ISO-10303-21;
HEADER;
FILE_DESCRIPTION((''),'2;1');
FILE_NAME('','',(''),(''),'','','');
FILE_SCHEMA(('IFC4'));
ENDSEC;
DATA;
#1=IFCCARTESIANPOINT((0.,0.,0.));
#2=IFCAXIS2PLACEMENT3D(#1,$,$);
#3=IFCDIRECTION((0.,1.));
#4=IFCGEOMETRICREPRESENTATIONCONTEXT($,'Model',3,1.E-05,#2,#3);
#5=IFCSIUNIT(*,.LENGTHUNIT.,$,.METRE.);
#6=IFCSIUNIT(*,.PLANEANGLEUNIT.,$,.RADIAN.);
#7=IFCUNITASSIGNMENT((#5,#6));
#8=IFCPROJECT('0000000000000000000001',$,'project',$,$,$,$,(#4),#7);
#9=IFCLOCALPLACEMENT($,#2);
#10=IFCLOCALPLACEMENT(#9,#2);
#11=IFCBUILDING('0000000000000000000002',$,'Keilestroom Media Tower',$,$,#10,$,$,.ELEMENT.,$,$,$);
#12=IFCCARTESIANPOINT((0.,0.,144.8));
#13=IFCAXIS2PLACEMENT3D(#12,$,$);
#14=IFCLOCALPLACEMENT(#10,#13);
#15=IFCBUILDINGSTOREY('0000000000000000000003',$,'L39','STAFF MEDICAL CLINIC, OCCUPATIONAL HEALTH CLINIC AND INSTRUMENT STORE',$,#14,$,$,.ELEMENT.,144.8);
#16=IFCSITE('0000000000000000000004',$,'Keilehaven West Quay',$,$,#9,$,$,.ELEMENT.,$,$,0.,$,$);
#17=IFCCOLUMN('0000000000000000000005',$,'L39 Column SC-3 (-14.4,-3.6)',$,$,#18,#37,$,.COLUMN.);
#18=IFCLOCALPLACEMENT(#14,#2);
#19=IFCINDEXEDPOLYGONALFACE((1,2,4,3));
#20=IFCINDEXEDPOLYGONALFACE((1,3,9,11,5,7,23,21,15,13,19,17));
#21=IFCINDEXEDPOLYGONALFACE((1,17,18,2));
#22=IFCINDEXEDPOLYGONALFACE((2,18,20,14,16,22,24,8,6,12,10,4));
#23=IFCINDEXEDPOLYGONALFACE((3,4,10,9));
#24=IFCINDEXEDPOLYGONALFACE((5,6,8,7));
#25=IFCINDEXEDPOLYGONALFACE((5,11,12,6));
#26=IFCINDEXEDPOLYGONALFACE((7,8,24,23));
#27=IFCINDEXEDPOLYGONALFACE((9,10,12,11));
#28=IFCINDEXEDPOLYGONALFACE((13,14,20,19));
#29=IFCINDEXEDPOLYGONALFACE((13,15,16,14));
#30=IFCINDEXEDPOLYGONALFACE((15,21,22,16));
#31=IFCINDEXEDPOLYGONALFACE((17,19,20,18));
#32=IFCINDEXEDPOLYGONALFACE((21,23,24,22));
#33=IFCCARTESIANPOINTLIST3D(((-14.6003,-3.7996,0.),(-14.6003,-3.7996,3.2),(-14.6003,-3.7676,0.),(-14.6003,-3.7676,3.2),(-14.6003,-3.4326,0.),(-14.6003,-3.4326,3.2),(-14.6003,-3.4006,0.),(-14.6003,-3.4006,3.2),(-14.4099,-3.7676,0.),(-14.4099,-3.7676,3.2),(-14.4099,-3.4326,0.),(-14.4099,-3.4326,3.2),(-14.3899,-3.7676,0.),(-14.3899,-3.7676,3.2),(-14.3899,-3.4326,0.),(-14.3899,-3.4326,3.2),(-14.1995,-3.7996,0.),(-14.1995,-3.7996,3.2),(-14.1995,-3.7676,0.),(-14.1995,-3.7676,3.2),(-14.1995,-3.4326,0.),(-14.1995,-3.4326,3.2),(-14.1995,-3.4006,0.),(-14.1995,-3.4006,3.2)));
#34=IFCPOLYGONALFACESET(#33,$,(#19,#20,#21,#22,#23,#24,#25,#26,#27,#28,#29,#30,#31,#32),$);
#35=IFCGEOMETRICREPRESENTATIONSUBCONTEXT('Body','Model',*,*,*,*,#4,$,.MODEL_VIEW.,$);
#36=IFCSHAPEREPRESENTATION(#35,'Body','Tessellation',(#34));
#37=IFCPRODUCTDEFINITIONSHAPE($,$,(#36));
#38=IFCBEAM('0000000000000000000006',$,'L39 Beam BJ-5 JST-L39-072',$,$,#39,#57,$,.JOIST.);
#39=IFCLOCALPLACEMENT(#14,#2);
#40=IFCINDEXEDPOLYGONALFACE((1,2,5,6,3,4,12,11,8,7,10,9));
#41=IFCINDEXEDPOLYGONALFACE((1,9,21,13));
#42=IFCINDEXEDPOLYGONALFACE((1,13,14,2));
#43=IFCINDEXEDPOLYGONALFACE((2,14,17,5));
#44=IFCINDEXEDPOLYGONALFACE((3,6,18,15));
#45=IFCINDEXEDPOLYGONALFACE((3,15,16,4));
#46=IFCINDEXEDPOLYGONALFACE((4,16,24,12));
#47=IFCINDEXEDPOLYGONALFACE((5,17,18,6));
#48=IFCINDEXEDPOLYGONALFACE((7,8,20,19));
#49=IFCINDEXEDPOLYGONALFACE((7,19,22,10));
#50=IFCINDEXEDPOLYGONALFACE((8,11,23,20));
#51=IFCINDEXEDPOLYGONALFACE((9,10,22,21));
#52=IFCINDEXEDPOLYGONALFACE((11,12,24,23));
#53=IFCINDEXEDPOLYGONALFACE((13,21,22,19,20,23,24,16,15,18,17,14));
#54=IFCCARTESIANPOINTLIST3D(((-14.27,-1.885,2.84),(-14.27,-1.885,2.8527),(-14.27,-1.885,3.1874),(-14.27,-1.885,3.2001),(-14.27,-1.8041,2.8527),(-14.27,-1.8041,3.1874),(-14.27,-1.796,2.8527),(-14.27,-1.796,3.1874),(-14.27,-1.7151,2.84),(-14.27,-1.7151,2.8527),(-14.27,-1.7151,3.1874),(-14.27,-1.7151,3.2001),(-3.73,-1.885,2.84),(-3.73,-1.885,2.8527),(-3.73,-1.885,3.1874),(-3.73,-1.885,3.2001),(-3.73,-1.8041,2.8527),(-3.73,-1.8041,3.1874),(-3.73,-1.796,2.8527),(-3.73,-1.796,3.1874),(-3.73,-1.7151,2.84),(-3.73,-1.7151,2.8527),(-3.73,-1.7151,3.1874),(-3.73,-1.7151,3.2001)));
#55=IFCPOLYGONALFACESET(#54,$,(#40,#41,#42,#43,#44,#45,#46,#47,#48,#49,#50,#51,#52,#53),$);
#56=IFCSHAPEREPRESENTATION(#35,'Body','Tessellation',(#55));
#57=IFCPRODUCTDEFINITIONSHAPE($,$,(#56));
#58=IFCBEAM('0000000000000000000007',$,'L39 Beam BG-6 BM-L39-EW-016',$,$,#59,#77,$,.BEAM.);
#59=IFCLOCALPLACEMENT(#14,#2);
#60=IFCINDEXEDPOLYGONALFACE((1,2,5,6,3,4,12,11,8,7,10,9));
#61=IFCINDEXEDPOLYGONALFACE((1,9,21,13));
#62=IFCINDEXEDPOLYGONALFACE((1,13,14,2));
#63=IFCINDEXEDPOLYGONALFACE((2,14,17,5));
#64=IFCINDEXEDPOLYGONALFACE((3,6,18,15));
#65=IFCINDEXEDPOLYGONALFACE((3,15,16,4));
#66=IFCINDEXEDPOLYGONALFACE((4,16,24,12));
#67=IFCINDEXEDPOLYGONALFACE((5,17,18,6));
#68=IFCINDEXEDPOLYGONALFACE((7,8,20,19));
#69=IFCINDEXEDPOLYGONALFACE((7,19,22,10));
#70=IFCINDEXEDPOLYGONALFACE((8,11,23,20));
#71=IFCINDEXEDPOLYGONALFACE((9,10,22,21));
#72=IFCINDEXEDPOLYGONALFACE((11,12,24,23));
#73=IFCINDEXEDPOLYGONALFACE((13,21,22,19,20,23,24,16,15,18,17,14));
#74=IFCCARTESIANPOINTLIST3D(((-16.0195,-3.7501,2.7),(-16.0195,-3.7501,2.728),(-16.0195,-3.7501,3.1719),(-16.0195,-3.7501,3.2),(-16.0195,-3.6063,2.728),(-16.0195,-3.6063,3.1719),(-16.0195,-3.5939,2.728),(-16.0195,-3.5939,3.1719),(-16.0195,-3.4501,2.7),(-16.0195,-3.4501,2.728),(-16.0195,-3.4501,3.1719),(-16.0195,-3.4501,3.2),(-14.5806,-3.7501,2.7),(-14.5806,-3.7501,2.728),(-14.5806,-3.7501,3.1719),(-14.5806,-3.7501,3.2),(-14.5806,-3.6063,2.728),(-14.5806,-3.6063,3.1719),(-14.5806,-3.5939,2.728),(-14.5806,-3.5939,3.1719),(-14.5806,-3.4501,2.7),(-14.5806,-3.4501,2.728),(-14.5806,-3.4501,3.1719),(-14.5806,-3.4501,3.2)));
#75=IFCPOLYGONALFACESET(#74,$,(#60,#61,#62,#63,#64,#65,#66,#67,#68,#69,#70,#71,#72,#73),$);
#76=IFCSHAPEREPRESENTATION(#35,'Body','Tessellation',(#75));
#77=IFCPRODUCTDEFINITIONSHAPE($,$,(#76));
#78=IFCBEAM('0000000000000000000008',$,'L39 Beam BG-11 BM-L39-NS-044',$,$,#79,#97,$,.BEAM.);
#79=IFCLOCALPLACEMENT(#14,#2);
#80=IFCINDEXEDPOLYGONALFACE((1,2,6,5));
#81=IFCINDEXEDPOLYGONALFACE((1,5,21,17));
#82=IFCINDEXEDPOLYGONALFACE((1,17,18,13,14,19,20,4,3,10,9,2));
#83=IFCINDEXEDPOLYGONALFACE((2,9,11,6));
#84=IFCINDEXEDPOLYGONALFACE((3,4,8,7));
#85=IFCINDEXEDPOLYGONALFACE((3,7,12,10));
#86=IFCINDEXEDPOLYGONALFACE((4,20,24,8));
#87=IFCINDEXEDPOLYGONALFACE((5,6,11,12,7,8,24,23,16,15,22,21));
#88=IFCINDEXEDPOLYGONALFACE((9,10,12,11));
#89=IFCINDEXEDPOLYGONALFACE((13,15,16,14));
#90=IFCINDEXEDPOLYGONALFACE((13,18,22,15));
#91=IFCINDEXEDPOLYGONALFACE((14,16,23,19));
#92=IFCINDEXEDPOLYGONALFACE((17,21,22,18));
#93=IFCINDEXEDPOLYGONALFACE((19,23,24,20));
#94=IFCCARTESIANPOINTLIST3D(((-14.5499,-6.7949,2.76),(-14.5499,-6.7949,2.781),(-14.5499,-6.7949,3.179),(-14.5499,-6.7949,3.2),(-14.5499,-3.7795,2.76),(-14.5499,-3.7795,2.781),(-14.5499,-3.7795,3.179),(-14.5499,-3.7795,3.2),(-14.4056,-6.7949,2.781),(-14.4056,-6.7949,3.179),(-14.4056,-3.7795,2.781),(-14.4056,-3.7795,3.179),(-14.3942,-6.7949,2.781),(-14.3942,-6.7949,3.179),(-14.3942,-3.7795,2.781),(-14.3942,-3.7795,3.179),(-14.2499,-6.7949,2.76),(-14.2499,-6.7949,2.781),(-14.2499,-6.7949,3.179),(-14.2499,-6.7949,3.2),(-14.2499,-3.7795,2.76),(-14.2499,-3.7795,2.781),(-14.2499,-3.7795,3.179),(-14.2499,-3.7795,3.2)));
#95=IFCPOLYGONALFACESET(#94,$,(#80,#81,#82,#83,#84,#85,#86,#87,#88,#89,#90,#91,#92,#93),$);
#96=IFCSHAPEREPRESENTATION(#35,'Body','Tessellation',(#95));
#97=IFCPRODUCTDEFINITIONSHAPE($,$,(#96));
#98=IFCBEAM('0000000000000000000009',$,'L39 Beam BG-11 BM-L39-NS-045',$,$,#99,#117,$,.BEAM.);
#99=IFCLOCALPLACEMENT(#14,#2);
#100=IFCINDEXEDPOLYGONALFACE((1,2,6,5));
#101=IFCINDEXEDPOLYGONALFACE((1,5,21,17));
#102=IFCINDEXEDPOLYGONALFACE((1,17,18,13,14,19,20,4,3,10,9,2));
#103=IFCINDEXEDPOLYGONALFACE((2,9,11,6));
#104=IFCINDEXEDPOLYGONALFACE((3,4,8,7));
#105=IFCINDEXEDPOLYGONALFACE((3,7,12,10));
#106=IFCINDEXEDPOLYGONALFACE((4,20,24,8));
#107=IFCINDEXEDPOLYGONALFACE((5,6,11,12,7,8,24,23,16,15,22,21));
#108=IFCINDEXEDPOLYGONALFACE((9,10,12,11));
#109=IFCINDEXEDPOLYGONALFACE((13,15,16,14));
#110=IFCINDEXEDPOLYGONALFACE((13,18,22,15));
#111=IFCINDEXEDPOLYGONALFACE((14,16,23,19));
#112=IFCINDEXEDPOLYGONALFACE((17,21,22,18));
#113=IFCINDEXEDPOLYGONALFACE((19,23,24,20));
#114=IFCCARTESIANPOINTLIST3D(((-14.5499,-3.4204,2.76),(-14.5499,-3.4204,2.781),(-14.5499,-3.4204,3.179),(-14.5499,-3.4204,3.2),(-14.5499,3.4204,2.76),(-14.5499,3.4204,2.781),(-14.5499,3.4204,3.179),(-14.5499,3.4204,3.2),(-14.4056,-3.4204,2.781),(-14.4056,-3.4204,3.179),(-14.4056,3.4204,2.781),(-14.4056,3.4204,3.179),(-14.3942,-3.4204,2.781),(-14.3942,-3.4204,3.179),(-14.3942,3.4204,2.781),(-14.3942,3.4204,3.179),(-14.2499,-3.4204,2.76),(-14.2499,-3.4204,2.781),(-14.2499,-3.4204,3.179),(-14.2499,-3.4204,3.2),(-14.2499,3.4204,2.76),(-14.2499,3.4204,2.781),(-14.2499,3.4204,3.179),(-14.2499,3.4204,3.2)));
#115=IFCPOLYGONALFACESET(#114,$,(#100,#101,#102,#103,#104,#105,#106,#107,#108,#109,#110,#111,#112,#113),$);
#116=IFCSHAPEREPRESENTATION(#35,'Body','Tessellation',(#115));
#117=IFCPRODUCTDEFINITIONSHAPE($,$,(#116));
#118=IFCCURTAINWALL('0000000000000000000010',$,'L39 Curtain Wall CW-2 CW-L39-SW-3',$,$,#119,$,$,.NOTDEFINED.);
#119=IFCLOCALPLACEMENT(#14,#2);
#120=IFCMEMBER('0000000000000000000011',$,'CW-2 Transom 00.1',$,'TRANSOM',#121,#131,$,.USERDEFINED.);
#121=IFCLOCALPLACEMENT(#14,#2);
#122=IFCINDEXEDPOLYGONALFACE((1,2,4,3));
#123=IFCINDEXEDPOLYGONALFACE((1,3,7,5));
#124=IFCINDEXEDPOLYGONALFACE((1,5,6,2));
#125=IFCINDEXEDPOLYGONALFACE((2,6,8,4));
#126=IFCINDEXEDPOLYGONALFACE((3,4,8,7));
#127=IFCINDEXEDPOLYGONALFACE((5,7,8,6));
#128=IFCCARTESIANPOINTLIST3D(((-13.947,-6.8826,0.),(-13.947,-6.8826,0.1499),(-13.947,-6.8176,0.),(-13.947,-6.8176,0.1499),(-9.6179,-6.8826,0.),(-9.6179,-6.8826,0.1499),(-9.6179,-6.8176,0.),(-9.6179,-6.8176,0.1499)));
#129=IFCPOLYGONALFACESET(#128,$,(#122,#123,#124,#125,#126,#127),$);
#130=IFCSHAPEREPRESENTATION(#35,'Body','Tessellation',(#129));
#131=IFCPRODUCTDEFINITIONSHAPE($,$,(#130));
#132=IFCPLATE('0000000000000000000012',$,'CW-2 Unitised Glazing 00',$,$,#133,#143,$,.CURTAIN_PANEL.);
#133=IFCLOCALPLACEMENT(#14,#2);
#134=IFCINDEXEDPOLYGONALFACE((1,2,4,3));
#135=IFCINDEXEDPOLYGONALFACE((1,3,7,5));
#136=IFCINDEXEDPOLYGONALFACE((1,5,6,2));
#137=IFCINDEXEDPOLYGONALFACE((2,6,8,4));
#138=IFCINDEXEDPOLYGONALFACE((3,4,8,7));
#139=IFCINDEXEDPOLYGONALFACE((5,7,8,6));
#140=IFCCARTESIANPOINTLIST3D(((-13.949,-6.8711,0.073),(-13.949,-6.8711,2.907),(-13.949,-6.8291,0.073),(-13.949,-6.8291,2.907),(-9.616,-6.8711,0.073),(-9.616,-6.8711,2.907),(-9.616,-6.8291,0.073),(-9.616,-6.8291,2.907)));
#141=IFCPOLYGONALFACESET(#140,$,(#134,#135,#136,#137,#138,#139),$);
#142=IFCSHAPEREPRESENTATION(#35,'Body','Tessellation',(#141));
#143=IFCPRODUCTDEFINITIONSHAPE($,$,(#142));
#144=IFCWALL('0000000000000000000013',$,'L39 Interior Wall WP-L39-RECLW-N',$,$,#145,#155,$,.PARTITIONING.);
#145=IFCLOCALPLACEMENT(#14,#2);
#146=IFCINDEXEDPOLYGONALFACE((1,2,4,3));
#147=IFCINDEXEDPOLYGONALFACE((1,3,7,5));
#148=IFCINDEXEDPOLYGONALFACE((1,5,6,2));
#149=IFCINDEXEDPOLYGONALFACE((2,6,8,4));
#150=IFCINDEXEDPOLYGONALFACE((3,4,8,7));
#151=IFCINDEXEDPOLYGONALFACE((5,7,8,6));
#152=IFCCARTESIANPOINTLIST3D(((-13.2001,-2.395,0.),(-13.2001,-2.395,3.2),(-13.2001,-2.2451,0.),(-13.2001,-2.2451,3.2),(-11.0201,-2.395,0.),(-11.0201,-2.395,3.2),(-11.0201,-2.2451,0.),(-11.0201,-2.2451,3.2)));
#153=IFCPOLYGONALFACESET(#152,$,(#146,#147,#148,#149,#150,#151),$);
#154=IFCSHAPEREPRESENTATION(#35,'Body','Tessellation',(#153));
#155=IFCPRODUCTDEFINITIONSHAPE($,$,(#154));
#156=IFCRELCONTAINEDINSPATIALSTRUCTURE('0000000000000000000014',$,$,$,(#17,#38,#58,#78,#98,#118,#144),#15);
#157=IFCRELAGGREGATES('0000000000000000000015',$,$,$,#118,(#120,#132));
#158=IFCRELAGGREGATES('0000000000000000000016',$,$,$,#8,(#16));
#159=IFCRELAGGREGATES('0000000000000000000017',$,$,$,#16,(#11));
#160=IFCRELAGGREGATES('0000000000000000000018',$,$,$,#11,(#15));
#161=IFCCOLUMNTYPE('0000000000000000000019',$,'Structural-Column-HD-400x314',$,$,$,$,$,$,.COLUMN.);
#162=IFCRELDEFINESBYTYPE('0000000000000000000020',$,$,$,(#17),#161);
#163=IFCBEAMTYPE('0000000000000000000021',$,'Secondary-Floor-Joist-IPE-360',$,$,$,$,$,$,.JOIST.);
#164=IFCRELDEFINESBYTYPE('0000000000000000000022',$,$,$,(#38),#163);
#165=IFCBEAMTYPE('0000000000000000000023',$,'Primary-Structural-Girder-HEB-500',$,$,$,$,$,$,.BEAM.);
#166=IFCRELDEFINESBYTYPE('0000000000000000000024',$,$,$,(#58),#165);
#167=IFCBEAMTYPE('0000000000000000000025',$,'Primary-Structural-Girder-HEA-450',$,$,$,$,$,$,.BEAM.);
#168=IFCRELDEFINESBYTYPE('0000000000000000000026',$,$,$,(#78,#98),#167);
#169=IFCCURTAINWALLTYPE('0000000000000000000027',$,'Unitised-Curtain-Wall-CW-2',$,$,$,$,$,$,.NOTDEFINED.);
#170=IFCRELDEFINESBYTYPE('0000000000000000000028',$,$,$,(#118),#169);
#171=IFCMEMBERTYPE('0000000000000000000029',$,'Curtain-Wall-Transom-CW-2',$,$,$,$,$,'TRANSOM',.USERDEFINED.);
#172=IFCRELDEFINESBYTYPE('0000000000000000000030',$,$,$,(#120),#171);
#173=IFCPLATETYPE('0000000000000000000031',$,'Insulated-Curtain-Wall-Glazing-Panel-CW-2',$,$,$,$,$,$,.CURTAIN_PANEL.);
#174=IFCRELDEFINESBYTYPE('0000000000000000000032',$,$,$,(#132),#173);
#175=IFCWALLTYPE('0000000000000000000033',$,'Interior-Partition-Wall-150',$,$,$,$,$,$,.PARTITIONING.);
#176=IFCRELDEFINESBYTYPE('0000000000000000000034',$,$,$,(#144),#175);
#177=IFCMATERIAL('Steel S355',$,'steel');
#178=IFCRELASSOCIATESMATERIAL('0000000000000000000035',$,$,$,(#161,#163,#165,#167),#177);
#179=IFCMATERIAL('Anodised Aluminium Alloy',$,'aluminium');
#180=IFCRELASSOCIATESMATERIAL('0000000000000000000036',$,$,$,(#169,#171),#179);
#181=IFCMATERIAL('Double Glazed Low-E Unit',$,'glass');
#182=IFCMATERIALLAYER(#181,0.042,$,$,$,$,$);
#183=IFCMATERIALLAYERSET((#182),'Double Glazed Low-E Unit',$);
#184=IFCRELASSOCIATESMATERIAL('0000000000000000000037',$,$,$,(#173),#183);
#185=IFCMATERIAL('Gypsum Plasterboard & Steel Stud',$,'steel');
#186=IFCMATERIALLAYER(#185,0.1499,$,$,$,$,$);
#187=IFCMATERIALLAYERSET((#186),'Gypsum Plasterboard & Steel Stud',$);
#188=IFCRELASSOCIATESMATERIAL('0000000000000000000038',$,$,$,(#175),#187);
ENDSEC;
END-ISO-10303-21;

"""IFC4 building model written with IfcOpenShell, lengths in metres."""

from ifc_helpers import new_model, si_unit, direction, frame, frame_2d, origin, origin_2d, place, context, subcontext, project, spatial, rectangle, i_section, extrude, source, transform, mapped, material, layer, layer_set, material_profile, profile_set, type_object, element, aggregate, save


model = new_model("IFC4")

# Units and contexts
model_context = context("Model", 3, precision=1e-05, world=origin(), true_north=direction((0.0, 1.0)))
body_context = subcontext(model_context, "Body", "Model", "MODEL_VIEW")
ifc_project = project(units=[si_unit("LENGTHUNIT", "METRE"), si_unit("PLANEANGLEUNIT", "RADIAN")], contexts=[model_context])

# Site, building, storey
site_placement = place(None, origin())
site = spatial("IfcSite", under=ifc_project, at=site_placement, Name="Keilehaven West Quay", CompositionType="ELEMENT", RefElevation=0.0)
building_placement = place(site_placement, origin())
building = spatial("IfcBuilding", under=site, at=building_placement, Name="Keilestroom Media Tower", CompositionType="ELEMENT")
storey_placement = place(building_placement, frame((0.0, 0.0, 144.8)))
storey = spatial("IfcBuildingStorey", under=building, at=storey_placement, Name="L39", Description="STAFF MEDICAL CLINIC, OCCUPATIONAL HEALTH CLINIC AND INSTRUMENT STORE", CompositionType="ELEMENT", Elevation=144.8)

# Column
ifc_material_1 = material(Name="Steel S355", Category="steel")
ifc_material_profile_1 = material_profile(ifc_material_1, i_section(OverallWidth=0.4009, OverallDepth=0.3989, WebThickness=0.02, FlangeThickness=0.032, at=origin_2d()), Name="HD 400x314")
ifc_profile_set_1 = profile_set([ifc_material_profile_1], Name="Steel S355")
column_type = type_object("IfcColumnType", Name="Structural-Column-HD-400x314", PredefinedType="COLUMN", material=ifc_profile_set_1)
shared_shape_1 = source(origin(), body_context, "Body", "SweptSolid", [
    extrude(i_section(OverallWidth=0.4009, OverallDepth=0.3989, WebThickness=0.02, FlangeThickness=0.032, at=origin_2d()), origin(), (0.0, 0.0, 1.0), 3.2),
])
column_placement = place(storey_placement, frame((-14.3999, -3.6001, 0.0), z_axis=(0.0, 0.0, 1.0), x_axis=(1.0, 0.0, 0.0)))
element("IfcColumn", 1, at=column_placement, inside=storey, type_object=column_type, Name="L39 Column SC-3 (-14.4,-3.6)", PredefinedType="COLUMN", context=body_context, shape_type="MappedRepresentation", body=[
    mapped(shared_shape_1, transform((0.0, 0.0, 0.0), x_axis=(1.0, 0.0, 0.0), y_axis=(0.0, 1.0, 0.0), z_axis=(0.0, 0.0, 1.0), scale=1.0)),
])

# Beams
ifc_material_profile_2 = material_profile(ifc_material_1, i_section(OverallWidth=0.1699, OverallDepth=0.3601, WebThickness=0.0081, FlangeThickness=0.0127, at=origin_2d()), Name="IPE 360")
ifc_profile_set_2 = profile_set([ifc_material_profile_2], Name="Steel S355")
beam_type_1 = type_object("IfcBeamType", Name="Secondary-Floor-Joist-IPE-360", PredefinedType="JOIST", material=ifc_profile_set_2)
shared_shape_2 = source(origin(), body_context, "Body", "SweptSolid", [
    extrude(i_section(OverallWidth=0.1699, OverallDepth=0.3601, WebThickness=0.0081, FlangeThickness=0.0127, at=origin_2d()), origin(), (0.0, 0.0, 1.0), 10.54),
])
beam_1_placement = place(storey_placement, frame((-14.27, -1.8, 3.02), z_axis=(1.0, 0.0, 0.0), x_axis=(0.0, 1.0, 0.0)))
element("IfcBeam", 2, at=beam_1_placement, inside=storey, type_object=beam_type_1, Name="L39 Beam BJ-5 JST-L39-072", PredefinedType="JOIST", context=body_context, shape_type="MappedRepresentation", body=[
    mapped(shared_shape_2, transform((0.0, 0.0, 0.0), x_axis=(1.0, 0.0, 0.0), y_axis=(0.0, 1.0, 0.0), z_axis=(0.0, 0.0, 1.0), scale=1.0)),
])
ifc_material_profile_3 = material_profile(ifc_material_1, i_section(OverallWidth=0.3, OverallDepth=0.5, WebThickness=0.0125, FlangeThickness=0.0281, at=origin_2d()), Name="HEB 500")
ifc_profile_set_3 = profile_set([ifc_material_profile_3], Name="Steel S355")
beam_type_2 = type_object("IfcBeamType", Name="Primary-Structural-Girder-HEB-500", PredefinedType="BEAM", material=ifc_profile_set_3)
shared_shape_3 = source(origin(), body_context, "Body", "SweptSolid", [
    extrude(i_section(OverallWidth=0.3, OverallDepth=0.5, WebThickness=0.0125, FlangeThickness=0.0281, at=origin_2d()), origin(), (0.0, 0.0, 1.0), 1.439),
])
beam_2_placement = place(storey_placement, frame((-16.0195, -3.6001, 2.95), z_axis=(1.0, 0.0, 0.0), x_axis=(0.0, 1.0, 0.0)))
element("IfcBeam", 3, at=beam_2_placement, inside=storey, type_object=beam_type_2, Name="L39 Beam BG-6 BM-L39-EW-016", PredefinedType="BEAM", context=body_context, shape_type="MappedRepresentation", body=[
    mapped(shared_shape_3, transform((0.0, 0.0, 0.0), x_axis=(1.0, 0.0, 0.0), y_axis=(0.0, 1.0, 0.0), z_axis=(0.0, 0.0, 1.0), scale=1.0)),
])
ifc_material_profile_4 = material_profile(ifc_material_1, i_section(OverallWidth=0.3, OverallDepth=0.4399, WebThickness=0.0115, FlangeThickness=0.021, at=origin_2d()), Name="HEA 450")
ifc_profile_set_4 = profile_set([ifc_material_profile_4], Name="Steel S355")
beam_type_3 = type_object("IfcBeamType", Name="Primary-Structural-Girder-HEA-450", PredefinedType="BEAM", material=ifc_profile_set_4)
shared_shape_4 = source(origin(), body_context, "Body", "SweptSolid", [
    extrude(i_section(OverallWidth=0.3, OverallDepth=0.4399, WebThickness=0.0115, FlangeThickness=0.021, at=origin_2d()), origin(), (0.0, 0.0, 1.0), 3.0154),
])
beam_3_placement = place(storey_placement, frame((-14.3999, -6.7949, 2.98), z_axis=(0.0, 1.0, 0.0), x_axis=(-1.0, 0.0, 0.0)))
element("IfcBeam", 4, at=beam_3_placement, inside=storey, type_object=beam_type_3, Name="L39 Beam BG-11 BM-L39-NS-044", PredefinedType="BEAM", context=body_context, shape_type="MappedRepresentation", body=[
    mapped(shared_shape_4, transform((0.0, 0.0, 0.0), x_axis=(1.0, 0.0, 0.0), y_axis=(0.0, 1.0, 0.0), z_axis=(0.0, 0.0, 1.0), scale=1.0)),
])
shared_shape_5 = source(origin(), body_context, "Body", "SweptSolid", [
    extrude(i_section(OverallWidth=0.3, OverallDepth=0.4399, WebThickness=0.0115, FlangeThickness=0.021, at=origin_2d()), origin(), (0.0, 0.0, 1.0), 6.8408),
])
beam_4_placement = place(storey_placement, frame((-14.3999, -3.4204, 2.98), z_axis=(0.0, 1.0, 0.0), x_axis=(-1.0, 0.0, 0.0)))
element("IfcBeam", 5, at=beam_4_placement, inside=storey, type_object=beam_type_3, Name="L39 Beam BG-11 BM-L39-NS-045", PredefinedType="BEAM", context=body_context, shape_type="MappedRepresentation", body=[
    mapped(shared_shape_5, transform((0.0, 0.0, 0.0), x_axis=(1.0, 0.0, 0.0), y_axis=(0.0, 1.0, 0.0), z_axis=(0.0, 0.0, 1.0), scale=1.0)),
])

# Curtain wall, member, plate
ifc_material_2 = material(Name="Anodised Aluminium Alloy", Category="aluminium")
curtain_wall_type = type_object("IfcCurtainWallType", Name="Unitised-Curtain-Wall-CW-2", PredefinedType="NOTDEFINED", material=ifc_material_2)
curtain_wall_placement = place(storey_placement, origin())
curtain_wall = element("IfcCurtainWall", 6, at=curtain_wall_placement, inside=storey, type_object=curtain_wall_type, Name="L39 Curtain Wall CW-2 CW-L39-SW-3", PredefinedType="NOTDEFINED")
ifc_material_profile_5 = material_profile(ifc_material_2, rectangle(XDim=0.0649, YDim=0.1499, at=origin_2d()), Name="ALU TRANSOM 65x150")
ifc_profile_set_5 = profile_set([ifc_material_profile_5], Name="Anodised Aluminium Alloy")
member_type = type_object("IfcMemberType", Name="Curtain-Wall-Transom-CW-2", ElementType="TRANSOM", PredefinedType="USERDEFINED", material=ifc_profile_set_5)
shared_shape_6 = source(origin(), body_context, "Body", "SweptSolid", [
    extrude(rectangle(XDim=0.0649, YDim=0.1499, at=origin_2d()), origin(), (0.0, 0.0, 1.0), 4.3291),
])
member_placement = place(storey_placement, frame((-13.947, -6.8501, 0.075), z_axis=(1.0, 0.0, 0.0), x_axis=(0.0, 1.0, 0.0)))
member = element("IfcMember", 7, at=member_placement, type_object=member_type, Name="CW-2 Transom 00.1", ObjectType="TRANSOM", PredefinedType="USERDEFINED", context=body_context, shape_type="MappedRepresentation", body=[
    mapped(shared_shape_6, transform((0.0, 0.0, 0.0), x_axis=(1.0, 0.0, 0.0), y_axis=(0.0, 1.0, 0.0), z_axis=(0.0, 0.0, 1.0), scale=1.0)),
])
ifc_material_3 = material(Name="Double Glazed Low-E Unit", Category="glass")
ifc_layer_1 = layer(ifc_material_3, 0.042)
ifc_layer_set_1 = layer_set([ifc_layer_1], Name="Double Glazed Low-E Unit")
plate_type = type_object("IfcPlateType", Name="Insulated-Curtain-Wall-Glazing-Panel-CW-2", PredefinedType="CURTAIN_PANEL", material=ifc_layer_set_1)
shared_shape_7 = source(origin(), body_context, "Body", "SweptSolid", [
    extrude(rectangle(XDim=4.333, YDim=0.042, at=origin_2d()), origin(), (0.0, 0.0, 1.0), 2.834),
])
plate_placement = place(storey_placement, frame((-11.7825, -6.8501, 0.073), z_axis=(0.0, 0.0, 1.0), x_axis=(1.0, 0.0, 0.0)))
plate = element("IfcPlate", 8, at=plate_placement, type_object=plate_type, Name="CW-2 Unitised Glazing 00", PredefinedType="CURTAIN_PANEL", context=body_context, shape_type="MappedRepresentation", body=[
    mapped(shared_shape_7, transform((0.0, 0.0, 0.0), x_axis=(1.0, 0.0, 0.0), y_axis=(0.0, 1.0, 0.0), z_axis=(0.0, 0.0, 1.0), scale=1.0)),
])
aggregate(curtain_wall, [member, plate])

# Wall
ifc_material_4 = material(Name="Gypsum Plasterboard & Steel Stud", Category="steel")
ifc_layer_2 = layer(ifc_material_4, 0.1499)
ifc_layer_set_2 = layer_set([ifc_layer_2], Name="Gypsum Plasterboard & Steel Stud")
wall_type_1 = type_object("IfcWallType", Name="Interior-Partition-Wall-150", PredefinedType="PARTITIONING", material=ifc_layer_set_2)
wall_1_placement = place(storey_placement, frame((-13.2, -2.3201, 0.0), z_axis=(0.0, 0.0, 1.0), x_axis=(1.0, 0.0, 0.0)))
element("IfcWall", 9, at=wall_1_placement, inside=storey, type_object=wall_type_1, Name="L39 Interior Wall WP-L39-RECLW-N", PredefinedType="PARTITIONING", context=body_context, shape_type="SweptSolid", body=[
    extrude(rectangle(XDim=2.1799, YDim=0.1499, at=frame_2d((1.0898, 0.0))), origin(), (0.0, 0.0, 1.0), 3.2),
])

save(model, "model.ifc")
